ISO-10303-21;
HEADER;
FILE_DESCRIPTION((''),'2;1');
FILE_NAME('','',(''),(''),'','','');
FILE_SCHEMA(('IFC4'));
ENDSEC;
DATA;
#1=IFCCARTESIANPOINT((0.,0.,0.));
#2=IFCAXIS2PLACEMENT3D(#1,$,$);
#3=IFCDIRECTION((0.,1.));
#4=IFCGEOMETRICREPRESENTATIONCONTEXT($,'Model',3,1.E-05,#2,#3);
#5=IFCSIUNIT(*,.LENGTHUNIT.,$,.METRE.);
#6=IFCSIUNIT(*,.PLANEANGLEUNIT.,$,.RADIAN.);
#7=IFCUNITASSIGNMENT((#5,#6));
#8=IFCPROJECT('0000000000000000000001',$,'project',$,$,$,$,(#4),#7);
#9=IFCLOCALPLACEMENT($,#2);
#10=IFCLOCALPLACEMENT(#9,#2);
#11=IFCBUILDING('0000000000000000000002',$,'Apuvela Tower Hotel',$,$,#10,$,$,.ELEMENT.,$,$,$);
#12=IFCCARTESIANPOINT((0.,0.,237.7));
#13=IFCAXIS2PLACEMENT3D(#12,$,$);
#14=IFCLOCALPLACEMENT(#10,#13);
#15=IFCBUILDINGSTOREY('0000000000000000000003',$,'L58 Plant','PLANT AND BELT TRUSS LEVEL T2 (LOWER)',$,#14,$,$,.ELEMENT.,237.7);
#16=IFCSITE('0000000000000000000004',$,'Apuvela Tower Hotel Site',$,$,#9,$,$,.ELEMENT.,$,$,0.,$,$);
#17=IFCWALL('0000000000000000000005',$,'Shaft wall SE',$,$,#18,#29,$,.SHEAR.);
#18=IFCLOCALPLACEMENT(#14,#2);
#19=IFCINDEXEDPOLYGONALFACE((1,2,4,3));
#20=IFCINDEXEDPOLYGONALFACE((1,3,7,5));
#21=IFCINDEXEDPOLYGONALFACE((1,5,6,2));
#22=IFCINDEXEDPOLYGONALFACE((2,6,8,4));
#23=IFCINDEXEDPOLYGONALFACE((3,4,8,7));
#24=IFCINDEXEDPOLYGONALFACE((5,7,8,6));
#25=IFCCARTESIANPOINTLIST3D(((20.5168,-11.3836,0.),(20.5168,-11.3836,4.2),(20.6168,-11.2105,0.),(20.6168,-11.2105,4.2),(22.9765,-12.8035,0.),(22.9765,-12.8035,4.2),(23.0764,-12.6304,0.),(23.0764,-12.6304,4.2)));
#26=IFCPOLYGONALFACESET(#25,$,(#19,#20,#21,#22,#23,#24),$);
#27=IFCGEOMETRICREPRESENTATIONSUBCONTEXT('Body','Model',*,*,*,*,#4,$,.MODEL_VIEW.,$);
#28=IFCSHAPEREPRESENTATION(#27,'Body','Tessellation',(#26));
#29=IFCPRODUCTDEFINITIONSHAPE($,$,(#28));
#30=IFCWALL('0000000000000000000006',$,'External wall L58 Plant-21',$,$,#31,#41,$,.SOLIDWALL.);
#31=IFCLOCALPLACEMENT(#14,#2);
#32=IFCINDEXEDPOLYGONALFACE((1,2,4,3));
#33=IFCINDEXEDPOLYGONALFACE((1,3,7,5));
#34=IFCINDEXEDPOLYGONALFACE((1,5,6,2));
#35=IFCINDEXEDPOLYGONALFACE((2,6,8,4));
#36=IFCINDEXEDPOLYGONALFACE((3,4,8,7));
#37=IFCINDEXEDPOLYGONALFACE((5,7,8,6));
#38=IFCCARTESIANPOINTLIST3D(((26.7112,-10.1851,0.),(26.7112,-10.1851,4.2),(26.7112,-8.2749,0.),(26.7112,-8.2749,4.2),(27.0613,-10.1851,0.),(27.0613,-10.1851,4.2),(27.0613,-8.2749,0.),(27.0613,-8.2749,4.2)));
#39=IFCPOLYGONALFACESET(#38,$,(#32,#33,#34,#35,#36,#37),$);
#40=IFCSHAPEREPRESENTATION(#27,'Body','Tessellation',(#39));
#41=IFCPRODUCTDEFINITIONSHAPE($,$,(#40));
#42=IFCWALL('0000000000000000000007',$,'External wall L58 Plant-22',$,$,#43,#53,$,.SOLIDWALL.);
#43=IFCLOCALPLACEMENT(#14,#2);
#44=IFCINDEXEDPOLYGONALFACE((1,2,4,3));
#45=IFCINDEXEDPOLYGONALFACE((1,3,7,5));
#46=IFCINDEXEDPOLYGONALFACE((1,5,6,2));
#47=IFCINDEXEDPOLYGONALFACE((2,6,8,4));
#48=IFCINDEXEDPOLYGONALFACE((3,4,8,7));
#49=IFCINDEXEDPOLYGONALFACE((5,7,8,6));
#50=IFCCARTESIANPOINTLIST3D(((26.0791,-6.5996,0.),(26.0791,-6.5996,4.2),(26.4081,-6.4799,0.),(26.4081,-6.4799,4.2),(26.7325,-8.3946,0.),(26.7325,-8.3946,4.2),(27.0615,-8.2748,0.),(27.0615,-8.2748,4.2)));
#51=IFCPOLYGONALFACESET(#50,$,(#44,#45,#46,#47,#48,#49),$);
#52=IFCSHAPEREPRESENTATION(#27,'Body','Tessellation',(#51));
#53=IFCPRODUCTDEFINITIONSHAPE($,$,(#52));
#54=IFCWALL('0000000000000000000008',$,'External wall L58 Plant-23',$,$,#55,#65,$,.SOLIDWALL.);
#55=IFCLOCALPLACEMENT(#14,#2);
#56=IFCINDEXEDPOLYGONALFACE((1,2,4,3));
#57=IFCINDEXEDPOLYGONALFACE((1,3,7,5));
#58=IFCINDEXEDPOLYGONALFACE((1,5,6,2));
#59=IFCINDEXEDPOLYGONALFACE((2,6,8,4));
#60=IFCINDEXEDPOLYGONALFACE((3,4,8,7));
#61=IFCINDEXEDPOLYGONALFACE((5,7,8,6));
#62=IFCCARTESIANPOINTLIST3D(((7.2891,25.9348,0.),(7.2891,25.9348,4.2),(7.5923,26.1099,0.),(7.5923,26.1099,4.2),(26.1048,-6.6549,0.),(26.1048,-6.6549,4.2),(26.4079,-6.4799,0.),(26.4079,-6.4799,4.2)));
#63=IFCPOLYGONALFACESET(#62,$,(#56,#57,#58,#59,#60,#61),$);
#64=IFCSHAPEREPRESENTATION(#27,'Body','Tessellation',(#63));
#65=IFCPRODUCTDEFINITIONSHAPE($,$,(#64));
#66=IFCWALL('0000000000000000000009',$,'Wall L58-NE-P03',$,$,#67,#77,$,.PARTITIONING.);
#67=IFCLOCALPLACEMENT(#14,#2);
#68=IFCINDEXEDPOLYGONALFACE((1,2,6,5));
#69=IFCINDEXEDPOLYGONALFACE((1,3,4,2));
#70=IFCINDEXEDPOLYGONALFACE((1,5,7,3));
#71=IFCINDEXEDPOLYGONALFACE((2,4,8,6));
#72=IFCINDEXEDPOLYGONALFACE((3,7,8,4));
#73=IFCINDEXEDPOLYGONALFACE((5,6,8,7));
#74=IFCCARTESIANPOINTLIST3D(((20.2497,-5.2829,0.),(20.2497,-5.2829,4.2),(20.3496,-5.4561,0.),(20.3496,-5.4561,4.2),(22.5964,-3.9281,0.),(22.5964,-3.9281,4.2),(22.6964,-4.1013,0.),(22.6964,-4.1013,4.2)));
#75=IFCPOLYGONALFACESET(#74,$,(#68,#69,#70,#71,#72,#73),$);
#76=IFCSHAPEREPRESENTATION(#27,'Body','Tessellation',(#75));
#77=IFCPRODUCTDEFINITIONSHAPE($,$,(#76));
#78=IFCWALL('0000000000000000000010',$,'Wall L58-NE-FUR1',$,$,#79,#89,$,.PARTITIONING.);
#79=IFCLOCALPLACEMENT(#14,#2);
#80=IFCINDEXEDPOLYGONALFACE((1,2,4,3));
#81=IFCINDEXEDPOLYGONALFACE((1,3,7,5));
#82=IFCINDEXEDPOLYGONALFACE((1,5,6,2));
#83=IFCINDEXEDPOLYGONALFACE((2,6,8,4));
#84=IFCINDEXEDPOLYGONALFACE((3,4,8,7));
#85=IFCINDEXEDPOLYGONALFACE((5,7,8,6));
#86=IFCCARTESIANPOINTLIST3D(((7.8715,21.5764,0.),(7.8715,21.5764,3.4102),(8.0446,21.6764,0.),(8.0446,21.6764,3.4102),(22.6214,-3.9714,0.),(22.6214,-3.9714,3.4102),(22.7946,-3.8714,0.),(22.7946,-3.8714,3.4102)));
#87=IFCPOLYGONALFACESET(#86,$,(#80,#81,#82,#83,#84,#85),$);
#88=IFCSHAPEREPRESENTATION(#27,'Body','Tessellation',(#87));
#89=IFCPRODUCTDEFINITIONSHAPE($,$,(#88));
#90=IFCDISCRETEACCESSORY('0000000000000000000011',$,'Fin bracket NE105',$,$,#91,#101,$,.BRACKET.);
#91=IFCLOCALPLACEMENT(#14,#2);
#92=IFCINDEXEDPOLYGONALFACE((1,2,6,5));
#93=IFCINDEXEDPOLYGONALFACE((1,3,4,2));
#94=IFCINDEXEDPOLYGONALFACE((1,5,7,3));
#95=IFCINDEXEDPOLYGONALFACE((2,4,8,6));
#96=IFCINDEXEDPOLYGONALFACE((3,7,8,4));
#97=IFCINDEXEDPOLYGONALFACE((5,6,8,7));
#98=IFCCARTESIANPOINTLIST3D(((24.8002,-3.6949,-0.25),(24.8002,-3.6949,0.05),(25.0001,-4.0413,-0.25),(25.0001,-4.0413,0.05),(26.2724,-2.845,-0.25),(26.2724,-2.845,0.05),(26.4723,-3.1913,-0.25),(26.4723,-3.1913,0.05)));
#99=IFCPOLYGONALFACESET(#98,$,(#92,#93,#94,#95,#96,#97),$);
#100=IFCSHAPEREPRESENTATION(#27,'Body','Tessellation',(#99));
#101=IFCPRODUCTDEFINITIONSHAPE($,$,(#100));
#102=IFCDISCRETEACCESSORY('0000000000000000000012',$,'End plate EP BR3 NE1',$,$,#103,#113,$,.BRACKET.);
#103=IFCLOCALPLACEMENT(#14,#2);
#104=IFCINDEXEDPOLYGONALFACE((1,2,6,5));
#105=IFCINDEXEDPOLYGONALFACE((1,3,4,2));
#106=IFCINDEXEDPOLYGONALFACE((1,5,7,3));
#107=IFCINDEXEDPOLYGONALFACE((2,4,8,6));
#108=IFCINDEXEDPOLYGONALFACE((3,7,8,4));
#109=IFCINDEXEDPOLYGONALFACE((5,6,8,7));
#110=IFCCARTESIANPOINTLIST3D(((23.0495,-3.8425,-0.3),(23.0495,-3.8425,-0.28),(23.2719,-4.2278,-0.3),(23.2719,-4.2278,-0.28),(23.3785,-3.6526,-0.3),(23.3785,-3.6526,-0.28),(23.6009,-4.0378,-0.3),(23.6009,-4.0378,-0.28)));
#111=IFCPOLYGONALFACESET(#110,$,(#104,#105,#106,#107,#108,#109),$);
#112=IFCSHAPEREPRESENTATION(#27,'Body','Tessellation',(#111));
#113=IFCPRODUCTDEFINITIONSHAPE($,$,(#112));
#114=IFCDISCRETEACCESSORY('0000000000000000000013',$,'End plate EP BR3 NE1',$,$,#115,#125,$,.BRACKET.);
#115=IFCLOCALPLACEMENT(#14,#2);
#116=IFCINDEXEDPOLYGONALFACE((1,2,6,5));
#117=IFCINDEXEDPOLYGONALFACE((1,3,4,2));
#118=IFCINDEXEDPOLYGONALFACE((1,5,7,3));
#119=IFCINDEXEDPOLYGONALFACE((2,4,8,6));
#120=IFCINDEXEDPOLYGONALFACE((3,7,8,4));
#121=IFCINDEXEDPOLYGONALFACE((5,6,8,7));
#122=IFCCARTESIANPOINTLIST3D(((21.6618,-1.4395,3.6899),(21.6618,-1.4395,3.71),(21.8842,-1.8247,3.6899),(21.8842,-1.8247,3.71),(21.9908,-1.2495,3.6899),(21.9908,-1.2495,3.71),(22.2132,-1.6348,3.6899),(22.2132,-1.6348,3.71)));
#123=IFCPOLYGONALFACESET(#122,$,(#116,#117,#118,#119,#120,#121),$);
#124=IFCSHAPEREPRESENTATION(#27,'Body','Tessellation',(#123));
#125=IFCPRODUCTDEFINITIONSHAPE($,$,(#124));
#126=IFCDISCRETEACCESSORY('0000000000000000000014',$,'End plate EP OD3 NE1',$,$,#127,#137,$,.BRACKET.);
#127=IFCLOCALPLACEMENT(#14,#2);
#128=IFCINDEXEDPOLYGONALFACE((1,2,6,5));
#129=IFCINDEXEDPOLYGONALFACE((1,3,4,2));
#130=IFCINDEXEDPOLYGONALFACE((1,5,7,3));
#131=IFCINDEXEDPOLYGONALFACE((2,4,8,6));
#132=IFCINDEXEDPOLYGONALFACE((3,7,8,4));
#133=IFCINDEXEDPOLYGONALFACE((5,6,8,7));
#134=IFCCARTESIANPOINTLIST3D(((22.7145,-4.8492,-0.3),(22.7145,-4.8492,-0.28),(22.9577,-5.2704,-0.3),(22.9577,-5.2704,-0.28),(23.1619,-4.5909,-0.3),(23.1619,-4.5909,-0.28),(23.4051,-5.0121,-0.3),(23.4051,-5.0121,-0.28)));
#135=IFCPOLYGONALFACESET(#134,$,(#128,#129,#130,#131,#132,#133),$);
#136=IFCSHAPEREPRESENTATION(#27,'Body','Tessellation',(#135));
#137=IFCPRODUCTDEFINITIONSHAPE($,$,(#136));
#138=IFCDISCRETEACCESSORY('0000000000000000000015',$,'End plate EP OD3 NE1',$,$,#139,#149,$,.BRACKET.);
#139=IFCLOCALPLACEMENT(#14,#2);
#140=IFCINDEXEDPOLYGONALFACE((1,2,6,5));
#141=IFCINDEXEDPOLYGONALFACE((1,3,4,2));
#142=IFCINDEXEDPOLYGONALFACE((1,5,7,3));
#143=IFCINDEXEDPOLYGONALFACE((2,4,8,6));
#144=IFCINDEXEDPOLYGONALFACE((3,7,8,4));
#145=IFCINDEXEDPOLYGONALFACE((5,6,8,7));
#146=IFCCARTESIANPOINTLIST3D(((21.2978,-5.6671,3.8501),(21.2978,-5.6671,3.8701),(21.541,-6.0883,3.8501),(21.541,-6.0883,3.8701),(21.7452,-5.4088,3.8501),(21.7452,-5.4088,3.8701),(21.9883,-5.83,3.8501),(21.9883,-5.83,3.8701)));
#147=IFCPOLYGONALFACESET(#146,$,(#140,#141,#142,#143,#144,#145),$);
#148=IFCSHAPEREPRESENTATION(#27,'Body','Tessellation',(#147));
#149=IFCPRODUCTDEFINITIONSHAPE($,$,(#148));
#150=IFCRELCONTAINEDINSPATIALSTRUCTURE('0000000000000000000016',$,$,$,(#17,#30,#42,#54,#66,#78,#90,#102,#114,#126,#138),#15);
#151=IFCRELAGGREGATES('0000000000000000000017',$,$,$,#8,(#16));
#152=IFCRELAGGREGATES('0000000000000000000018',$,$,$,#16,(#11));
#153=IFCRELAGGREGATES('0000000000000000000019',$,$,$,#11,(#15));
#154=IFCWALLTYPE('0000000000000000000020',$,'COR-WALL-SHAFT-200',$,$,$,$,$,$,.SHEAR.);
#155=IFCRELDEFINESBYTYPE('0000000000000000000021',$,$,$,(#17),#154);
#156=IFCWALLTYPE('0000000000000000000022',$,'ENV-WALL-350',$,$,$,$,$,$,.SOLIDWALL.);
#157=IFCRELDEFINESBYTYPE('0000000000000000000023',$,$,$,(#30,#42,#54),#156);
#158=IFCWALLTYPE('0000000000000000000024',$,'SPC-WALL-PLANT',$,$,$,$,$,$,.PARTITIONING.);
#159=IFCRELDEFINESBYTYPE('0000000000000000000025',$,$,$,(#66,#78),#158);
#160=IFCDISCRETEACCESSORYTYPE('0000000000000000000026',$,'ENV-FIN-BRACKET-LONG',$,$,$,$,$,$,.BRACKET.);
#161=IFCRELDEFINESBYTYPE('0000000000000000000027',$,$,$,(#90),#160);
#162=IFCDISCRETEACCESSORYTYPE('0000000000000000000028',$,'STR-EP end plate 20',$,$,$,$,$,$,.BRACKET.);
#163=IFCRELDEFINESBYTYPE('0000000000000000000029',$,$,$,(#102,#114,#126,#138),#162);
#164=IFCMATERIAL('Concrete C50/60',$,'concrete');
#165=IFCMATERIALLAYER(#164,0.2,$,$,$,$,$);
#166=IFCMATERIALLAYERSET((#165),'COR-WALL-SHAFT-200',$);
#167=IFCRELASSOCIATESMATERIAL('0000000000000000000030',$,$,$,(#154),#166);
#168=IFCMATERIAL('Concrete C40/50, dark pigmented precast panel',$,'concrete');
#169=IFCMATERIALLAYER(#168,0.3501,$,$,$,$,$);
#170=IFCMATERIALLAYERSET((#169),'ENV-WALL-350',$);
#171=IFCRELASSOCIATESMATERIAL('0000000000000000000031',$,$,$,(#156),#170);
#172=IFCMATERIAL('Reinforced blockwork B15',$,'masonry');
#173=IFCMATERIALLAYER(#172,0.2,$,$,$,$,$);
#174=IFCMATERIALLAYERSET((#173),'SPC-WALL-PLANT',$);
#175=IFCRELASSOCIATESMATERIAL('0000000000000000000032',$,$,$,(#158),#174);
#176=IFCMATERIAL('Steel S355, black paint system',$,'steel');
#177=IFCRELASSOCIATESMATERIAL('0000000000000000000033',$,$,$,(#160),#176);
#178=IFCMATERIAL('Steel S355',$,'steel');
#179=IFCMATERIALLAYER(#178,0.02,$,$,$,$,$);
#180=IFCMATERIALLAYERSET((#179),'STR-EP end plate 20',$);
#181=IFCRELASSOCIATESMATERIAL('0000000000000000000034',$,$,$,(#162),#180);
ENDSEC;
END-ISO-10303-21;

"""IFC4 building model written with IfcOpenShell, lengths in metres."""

from ifc_helpers import new_model, si_unit, direction, frame, frame_2d, origin, origin_2d, place, context, subcontext, project, spatial, rectangle, extrude, material, layer, layer_set, type_object, element, save


model = new_model("IFC4")

# Units and contexts
model_context = context("Model", 3, precision=1e-05, world=origin(), true_north=direction((0.0, 1.0)))
body_context = subcontext(model_context, "Body", "Model", "MODEL_VIEW")
ifc_project = project(units=[si_unit("LENGTHUNIT", "METRE"), si_unit("PLANEANGLEUNIT", "RADIAN")], contexts=[model_context])

# Site, building, storey
site_placement = place(None, origin())
site = spatial("IfcSite", under=ifc_project, at=site_placement, Name="Apuvela Tower Hotel Site", CompositionType="ELEMENT", RefElevation=0.0)
building_placement = place(site_placement, origin())
building = spatial("IfcBuilding", under=site, at=building_placement, Name="Apuvela Tower Hotel", CompositionType="ELEMENT")
storey_placement = place(building_placement, frame((0.0, 0.0, 237.7)))
storey = spatial("IfcBuildingStorey", under=building, at=storey_placement, Name="L58 Plant", Description="PLANT AND BELT TRUSS LEVEL T2 (LOWER)", CompositionType="ELEMENT", Elevation=237.7)

# Shared definitions
ifc_material_1 = material(Name="Steel S355", Category="steel")

# Walls
ifc_material_2 = material(Name="Concrete C50/60", Category="concrete")
ifc_layer_1 = layer(ifc_material_2, 0.2)
ifc_layer_set_1 = layer_set([ifc_layer_1], Name="COR-WALL-SHAFT-200")
wall_type_1 = type_object("IfcWallType", Name="COR-WALL-SHAFT-200", PredefinedType="SHEAR", material=ifc_layer_set_1)
wall_1_placement = place(storey_placement, frame((20.5669, -11.2971, 0.0), z_axis=(0.0, 0.0, 1.0), x_axis=(0.866055, -0.499948, 0.0)))
element("IfcWall", 1, at=wall_1_placement, inside=storey, type_object=wall_type_1, Name="Shaft wall SE", PredefinedType="SHEAR", context=body_context, shape_type="SweptSolid", body=[
    extrude(rectangle(XDim=2.8401, YDim=0.2, at=frame_2d((1.4199, 0.0))), origin(), (0.0, 0.0, 1.0), 4.2),
])
ifc_material_3 = material(Name="Concrete C40/50, dark pigmented precast panel", Category="concrete")
ifc_layer_2 = layer(ifc_material_3, 0.3501)
ifc_layer_set_2 = layer_set([ifc_layer_2], Name="ENV-WALL-350")
wall_type_2 = type_object("IfcWallType", Name="ENV-WALL-350", PredefinedType="SOLIDWALL", material=ifc_layer_set_2)
for number, where, z_axis, x_axis, name in (
    (2, (26.8862, -10.1851, 0.0), (0.0, 0.0, 1.0), (0.0, 1.0, 0.0), "External wall L58 Plant-21"),
    (3, (26.897, -8.3347, 0.0), (0.0, 0.0, 1.0), (-0.34203, 0.939689, 0.0), "External wall L58 Plant-22"),
):
    element("IfcWall", number, at=place(storey_placement, frame(where, z_axis=z_axis, x_axis=x_axis)), inside=storey, type_object=wall_type_2, Name=name, PredefinedType="SOLIDWALL", context=body_context, shape_type="SweptSolid", body=[
        extrude(rectangle(XDim=1.9102, YDim=0.3501, at=frame_2d((0.9551, 0.0))), origin(), (0.0, 0.0, 1.0), 4.2),
    ])
wall_2_placement = place(storey_placement, frame((26.2563, -6.5674, 0.0), z_axis=(0.0, 0.0, 1.0), x_axis=(-0.499998, 0.866026, 0.0)))
element("IfcWall", 4, at=wall_2_placement, inside=storey, type_object=wall_type_2, Name="External wall L58 Plant-23", PredefinedType="SOLIDWALL", context=body_context, shape_type="SweptSolid", body=[
    extrude(rectangle(XDim=37.6313, YDim=0.3501, at=frame_2d((18.8157, 0.0))), origin(), (0.0, 0.0, 1.0), 4.2),
])
ifc_material_4 = material(Name="Reinforced blockwork B15", Category="masonry")
ifc_layer_3 = layer(ifc_material_4, 0.2)
ifc_layer_set_3 = layer_set([ifc_layer_3], Name="SPC-WALL-PLANT")
wall_type_3 = type_object("IfcWallType", Name="SPC-WALL-PLANT", PredefinedType="PARTITIONING", material=ifc_layer_set_3)
wall_3_placement = place(storey_placement, frame((22.6465, -4.0146, 0.0), z_axis=(0.0, 0.0, 1.0), x_axis=(-0.866045, -0.499967, 0.0)))
element("IfcWall", 5, at=wall_3_placement, inside=storey, type_object=wall_type_3, Name="Wall L58-NE-P03", PredefinedType="PARTITIONING", context=body_context, shape_type="SweptSolid", body=[
    extrude(rectangle(XDim=2.7097, YDim=0.2, at=frame_2d((1.355, 0.0))), origin(), (0.0, 0.0, 1.0), 4.2),
])
wall_4_placement = place(storey_placement, frame((22.708, -3.9214, 0.0), z_axis=(0.0, 0.0, 1.0), x_axis=(-0.499999, 0.866026, 0.0)))
element("IfcWall", 6, at=wall_4_placement, inside=storey, type_object=wall_type_3, Name="Wall L58-NE-FUR1", PredefinedType="PARTITIONING", context=body_context, shape_type="SweptSolid", body=[
    extrude(rectangle(XDim=29.5, YDim=0.2, at=frame_2d((14.75, 0.0))), origin(), (0.0, 0.0, 1.0), 3.4102),
])

# Discrete accessories
ifc_material_5 = material(Name="Steel S355, black paint system", Category="steel")
discrete_accessory_type_1 = type_object("IfcDiscreteAccessoryType", Name="ENV-FIN-BRACKET-LONG", PredefinedType="BRACKET", material=ifc_material_5)
discrete_accessory_placement = place(storey_placement, frame((25.6362, -3.4431, -0.25), z_axis=(0.0, 0.0, 1.0), x_axis=(-0.5, 0.866025, 0.0)))
element("IfcDiscreteAccessory", 7, at=discrete_accessory_placement, inside=storey, type_object=discrete_accessory_type_1, Name="Fin bracket NE105", PredefinedType="BRACKET", context=body_context, shape_type="SweptSolid", body=[
    extrude(rectangle(XDim=0.3999, YDim=1.7, at=origin_2d()), origin(), (0.0, 0.0, 1.0), 0.3),
])
ifc_layer_4 = layer(ifc_material_1, 0.02)
ifc_layer_set_4 = layer_set([ifc_layer_4], Name="STR-EP end plate 20")
discrete_accessory_type_2 = type_object("IfcDiscreteAccessoryType", Name="STR-EP end plate 20", PredefinedType="BRACKET", material=ifc_layer_set_4)
for number, where, z_axis, x_axis, name in (
    (8, (23.3252, -3.9402, -0.3), (0.0, 0.0, 1.0), (-0.5, 0.866025, 0.0), "End plate EP BR3 NE1"),
    (9, (21.9375, -1.5371, 3.6899), (0.0, 0.0, 1.0), (-0.5, 0.866025, 0.0), "End plate EP BR3 NE1"),
):
    element("IfcDiscreteAccessory", number, at=place(storey_placement, frame(where, z_axis=z_axis, x_axis=x_axis)), inside=storey, type_object=discrete_accessory_type_2, Name=name, PredefinedType="BRACKET", context=body_context, shape_type="SweptSolid", body=[
        extrude(rectangle(XDim=0.4448, YDim=0.3799, at=origin_2d()), origin(), (0.0, 0.0, 1.0), 0.02),
    ])
for number, where, z_axis, x_axis, name in (
    (10, (23.0598, -4.9307, -0.3), (0.0, 0.0, 1.0), (-0.866025, -0.5, 0.0), "End plate EP OD3 NE1"),
    (11, (21.6431, -5.7485, 3.8501), (0.0, 0.0, 1.0), (-0.866025, -0.5, 0.0), "End plate EP OD3 NE1"),
):
    element("IfcDiscreteAccessory", number, at=place(storey_placement, frame(where, z_axis=z_axis, x_axis=x_axis)), inside=storey, type_object=discrete_accessory_type_2, Name=name, PredefinedType="BRACKET", context=body_context, shape_type="SweptSolid", body=[
        extrude(rectangle(XDim=0.5166, YDim=0.4863, at=origin_2d()), origin(), (0.0, 0.0, 1.0), 0.02),
    ])

save(model, "model.ifc")
